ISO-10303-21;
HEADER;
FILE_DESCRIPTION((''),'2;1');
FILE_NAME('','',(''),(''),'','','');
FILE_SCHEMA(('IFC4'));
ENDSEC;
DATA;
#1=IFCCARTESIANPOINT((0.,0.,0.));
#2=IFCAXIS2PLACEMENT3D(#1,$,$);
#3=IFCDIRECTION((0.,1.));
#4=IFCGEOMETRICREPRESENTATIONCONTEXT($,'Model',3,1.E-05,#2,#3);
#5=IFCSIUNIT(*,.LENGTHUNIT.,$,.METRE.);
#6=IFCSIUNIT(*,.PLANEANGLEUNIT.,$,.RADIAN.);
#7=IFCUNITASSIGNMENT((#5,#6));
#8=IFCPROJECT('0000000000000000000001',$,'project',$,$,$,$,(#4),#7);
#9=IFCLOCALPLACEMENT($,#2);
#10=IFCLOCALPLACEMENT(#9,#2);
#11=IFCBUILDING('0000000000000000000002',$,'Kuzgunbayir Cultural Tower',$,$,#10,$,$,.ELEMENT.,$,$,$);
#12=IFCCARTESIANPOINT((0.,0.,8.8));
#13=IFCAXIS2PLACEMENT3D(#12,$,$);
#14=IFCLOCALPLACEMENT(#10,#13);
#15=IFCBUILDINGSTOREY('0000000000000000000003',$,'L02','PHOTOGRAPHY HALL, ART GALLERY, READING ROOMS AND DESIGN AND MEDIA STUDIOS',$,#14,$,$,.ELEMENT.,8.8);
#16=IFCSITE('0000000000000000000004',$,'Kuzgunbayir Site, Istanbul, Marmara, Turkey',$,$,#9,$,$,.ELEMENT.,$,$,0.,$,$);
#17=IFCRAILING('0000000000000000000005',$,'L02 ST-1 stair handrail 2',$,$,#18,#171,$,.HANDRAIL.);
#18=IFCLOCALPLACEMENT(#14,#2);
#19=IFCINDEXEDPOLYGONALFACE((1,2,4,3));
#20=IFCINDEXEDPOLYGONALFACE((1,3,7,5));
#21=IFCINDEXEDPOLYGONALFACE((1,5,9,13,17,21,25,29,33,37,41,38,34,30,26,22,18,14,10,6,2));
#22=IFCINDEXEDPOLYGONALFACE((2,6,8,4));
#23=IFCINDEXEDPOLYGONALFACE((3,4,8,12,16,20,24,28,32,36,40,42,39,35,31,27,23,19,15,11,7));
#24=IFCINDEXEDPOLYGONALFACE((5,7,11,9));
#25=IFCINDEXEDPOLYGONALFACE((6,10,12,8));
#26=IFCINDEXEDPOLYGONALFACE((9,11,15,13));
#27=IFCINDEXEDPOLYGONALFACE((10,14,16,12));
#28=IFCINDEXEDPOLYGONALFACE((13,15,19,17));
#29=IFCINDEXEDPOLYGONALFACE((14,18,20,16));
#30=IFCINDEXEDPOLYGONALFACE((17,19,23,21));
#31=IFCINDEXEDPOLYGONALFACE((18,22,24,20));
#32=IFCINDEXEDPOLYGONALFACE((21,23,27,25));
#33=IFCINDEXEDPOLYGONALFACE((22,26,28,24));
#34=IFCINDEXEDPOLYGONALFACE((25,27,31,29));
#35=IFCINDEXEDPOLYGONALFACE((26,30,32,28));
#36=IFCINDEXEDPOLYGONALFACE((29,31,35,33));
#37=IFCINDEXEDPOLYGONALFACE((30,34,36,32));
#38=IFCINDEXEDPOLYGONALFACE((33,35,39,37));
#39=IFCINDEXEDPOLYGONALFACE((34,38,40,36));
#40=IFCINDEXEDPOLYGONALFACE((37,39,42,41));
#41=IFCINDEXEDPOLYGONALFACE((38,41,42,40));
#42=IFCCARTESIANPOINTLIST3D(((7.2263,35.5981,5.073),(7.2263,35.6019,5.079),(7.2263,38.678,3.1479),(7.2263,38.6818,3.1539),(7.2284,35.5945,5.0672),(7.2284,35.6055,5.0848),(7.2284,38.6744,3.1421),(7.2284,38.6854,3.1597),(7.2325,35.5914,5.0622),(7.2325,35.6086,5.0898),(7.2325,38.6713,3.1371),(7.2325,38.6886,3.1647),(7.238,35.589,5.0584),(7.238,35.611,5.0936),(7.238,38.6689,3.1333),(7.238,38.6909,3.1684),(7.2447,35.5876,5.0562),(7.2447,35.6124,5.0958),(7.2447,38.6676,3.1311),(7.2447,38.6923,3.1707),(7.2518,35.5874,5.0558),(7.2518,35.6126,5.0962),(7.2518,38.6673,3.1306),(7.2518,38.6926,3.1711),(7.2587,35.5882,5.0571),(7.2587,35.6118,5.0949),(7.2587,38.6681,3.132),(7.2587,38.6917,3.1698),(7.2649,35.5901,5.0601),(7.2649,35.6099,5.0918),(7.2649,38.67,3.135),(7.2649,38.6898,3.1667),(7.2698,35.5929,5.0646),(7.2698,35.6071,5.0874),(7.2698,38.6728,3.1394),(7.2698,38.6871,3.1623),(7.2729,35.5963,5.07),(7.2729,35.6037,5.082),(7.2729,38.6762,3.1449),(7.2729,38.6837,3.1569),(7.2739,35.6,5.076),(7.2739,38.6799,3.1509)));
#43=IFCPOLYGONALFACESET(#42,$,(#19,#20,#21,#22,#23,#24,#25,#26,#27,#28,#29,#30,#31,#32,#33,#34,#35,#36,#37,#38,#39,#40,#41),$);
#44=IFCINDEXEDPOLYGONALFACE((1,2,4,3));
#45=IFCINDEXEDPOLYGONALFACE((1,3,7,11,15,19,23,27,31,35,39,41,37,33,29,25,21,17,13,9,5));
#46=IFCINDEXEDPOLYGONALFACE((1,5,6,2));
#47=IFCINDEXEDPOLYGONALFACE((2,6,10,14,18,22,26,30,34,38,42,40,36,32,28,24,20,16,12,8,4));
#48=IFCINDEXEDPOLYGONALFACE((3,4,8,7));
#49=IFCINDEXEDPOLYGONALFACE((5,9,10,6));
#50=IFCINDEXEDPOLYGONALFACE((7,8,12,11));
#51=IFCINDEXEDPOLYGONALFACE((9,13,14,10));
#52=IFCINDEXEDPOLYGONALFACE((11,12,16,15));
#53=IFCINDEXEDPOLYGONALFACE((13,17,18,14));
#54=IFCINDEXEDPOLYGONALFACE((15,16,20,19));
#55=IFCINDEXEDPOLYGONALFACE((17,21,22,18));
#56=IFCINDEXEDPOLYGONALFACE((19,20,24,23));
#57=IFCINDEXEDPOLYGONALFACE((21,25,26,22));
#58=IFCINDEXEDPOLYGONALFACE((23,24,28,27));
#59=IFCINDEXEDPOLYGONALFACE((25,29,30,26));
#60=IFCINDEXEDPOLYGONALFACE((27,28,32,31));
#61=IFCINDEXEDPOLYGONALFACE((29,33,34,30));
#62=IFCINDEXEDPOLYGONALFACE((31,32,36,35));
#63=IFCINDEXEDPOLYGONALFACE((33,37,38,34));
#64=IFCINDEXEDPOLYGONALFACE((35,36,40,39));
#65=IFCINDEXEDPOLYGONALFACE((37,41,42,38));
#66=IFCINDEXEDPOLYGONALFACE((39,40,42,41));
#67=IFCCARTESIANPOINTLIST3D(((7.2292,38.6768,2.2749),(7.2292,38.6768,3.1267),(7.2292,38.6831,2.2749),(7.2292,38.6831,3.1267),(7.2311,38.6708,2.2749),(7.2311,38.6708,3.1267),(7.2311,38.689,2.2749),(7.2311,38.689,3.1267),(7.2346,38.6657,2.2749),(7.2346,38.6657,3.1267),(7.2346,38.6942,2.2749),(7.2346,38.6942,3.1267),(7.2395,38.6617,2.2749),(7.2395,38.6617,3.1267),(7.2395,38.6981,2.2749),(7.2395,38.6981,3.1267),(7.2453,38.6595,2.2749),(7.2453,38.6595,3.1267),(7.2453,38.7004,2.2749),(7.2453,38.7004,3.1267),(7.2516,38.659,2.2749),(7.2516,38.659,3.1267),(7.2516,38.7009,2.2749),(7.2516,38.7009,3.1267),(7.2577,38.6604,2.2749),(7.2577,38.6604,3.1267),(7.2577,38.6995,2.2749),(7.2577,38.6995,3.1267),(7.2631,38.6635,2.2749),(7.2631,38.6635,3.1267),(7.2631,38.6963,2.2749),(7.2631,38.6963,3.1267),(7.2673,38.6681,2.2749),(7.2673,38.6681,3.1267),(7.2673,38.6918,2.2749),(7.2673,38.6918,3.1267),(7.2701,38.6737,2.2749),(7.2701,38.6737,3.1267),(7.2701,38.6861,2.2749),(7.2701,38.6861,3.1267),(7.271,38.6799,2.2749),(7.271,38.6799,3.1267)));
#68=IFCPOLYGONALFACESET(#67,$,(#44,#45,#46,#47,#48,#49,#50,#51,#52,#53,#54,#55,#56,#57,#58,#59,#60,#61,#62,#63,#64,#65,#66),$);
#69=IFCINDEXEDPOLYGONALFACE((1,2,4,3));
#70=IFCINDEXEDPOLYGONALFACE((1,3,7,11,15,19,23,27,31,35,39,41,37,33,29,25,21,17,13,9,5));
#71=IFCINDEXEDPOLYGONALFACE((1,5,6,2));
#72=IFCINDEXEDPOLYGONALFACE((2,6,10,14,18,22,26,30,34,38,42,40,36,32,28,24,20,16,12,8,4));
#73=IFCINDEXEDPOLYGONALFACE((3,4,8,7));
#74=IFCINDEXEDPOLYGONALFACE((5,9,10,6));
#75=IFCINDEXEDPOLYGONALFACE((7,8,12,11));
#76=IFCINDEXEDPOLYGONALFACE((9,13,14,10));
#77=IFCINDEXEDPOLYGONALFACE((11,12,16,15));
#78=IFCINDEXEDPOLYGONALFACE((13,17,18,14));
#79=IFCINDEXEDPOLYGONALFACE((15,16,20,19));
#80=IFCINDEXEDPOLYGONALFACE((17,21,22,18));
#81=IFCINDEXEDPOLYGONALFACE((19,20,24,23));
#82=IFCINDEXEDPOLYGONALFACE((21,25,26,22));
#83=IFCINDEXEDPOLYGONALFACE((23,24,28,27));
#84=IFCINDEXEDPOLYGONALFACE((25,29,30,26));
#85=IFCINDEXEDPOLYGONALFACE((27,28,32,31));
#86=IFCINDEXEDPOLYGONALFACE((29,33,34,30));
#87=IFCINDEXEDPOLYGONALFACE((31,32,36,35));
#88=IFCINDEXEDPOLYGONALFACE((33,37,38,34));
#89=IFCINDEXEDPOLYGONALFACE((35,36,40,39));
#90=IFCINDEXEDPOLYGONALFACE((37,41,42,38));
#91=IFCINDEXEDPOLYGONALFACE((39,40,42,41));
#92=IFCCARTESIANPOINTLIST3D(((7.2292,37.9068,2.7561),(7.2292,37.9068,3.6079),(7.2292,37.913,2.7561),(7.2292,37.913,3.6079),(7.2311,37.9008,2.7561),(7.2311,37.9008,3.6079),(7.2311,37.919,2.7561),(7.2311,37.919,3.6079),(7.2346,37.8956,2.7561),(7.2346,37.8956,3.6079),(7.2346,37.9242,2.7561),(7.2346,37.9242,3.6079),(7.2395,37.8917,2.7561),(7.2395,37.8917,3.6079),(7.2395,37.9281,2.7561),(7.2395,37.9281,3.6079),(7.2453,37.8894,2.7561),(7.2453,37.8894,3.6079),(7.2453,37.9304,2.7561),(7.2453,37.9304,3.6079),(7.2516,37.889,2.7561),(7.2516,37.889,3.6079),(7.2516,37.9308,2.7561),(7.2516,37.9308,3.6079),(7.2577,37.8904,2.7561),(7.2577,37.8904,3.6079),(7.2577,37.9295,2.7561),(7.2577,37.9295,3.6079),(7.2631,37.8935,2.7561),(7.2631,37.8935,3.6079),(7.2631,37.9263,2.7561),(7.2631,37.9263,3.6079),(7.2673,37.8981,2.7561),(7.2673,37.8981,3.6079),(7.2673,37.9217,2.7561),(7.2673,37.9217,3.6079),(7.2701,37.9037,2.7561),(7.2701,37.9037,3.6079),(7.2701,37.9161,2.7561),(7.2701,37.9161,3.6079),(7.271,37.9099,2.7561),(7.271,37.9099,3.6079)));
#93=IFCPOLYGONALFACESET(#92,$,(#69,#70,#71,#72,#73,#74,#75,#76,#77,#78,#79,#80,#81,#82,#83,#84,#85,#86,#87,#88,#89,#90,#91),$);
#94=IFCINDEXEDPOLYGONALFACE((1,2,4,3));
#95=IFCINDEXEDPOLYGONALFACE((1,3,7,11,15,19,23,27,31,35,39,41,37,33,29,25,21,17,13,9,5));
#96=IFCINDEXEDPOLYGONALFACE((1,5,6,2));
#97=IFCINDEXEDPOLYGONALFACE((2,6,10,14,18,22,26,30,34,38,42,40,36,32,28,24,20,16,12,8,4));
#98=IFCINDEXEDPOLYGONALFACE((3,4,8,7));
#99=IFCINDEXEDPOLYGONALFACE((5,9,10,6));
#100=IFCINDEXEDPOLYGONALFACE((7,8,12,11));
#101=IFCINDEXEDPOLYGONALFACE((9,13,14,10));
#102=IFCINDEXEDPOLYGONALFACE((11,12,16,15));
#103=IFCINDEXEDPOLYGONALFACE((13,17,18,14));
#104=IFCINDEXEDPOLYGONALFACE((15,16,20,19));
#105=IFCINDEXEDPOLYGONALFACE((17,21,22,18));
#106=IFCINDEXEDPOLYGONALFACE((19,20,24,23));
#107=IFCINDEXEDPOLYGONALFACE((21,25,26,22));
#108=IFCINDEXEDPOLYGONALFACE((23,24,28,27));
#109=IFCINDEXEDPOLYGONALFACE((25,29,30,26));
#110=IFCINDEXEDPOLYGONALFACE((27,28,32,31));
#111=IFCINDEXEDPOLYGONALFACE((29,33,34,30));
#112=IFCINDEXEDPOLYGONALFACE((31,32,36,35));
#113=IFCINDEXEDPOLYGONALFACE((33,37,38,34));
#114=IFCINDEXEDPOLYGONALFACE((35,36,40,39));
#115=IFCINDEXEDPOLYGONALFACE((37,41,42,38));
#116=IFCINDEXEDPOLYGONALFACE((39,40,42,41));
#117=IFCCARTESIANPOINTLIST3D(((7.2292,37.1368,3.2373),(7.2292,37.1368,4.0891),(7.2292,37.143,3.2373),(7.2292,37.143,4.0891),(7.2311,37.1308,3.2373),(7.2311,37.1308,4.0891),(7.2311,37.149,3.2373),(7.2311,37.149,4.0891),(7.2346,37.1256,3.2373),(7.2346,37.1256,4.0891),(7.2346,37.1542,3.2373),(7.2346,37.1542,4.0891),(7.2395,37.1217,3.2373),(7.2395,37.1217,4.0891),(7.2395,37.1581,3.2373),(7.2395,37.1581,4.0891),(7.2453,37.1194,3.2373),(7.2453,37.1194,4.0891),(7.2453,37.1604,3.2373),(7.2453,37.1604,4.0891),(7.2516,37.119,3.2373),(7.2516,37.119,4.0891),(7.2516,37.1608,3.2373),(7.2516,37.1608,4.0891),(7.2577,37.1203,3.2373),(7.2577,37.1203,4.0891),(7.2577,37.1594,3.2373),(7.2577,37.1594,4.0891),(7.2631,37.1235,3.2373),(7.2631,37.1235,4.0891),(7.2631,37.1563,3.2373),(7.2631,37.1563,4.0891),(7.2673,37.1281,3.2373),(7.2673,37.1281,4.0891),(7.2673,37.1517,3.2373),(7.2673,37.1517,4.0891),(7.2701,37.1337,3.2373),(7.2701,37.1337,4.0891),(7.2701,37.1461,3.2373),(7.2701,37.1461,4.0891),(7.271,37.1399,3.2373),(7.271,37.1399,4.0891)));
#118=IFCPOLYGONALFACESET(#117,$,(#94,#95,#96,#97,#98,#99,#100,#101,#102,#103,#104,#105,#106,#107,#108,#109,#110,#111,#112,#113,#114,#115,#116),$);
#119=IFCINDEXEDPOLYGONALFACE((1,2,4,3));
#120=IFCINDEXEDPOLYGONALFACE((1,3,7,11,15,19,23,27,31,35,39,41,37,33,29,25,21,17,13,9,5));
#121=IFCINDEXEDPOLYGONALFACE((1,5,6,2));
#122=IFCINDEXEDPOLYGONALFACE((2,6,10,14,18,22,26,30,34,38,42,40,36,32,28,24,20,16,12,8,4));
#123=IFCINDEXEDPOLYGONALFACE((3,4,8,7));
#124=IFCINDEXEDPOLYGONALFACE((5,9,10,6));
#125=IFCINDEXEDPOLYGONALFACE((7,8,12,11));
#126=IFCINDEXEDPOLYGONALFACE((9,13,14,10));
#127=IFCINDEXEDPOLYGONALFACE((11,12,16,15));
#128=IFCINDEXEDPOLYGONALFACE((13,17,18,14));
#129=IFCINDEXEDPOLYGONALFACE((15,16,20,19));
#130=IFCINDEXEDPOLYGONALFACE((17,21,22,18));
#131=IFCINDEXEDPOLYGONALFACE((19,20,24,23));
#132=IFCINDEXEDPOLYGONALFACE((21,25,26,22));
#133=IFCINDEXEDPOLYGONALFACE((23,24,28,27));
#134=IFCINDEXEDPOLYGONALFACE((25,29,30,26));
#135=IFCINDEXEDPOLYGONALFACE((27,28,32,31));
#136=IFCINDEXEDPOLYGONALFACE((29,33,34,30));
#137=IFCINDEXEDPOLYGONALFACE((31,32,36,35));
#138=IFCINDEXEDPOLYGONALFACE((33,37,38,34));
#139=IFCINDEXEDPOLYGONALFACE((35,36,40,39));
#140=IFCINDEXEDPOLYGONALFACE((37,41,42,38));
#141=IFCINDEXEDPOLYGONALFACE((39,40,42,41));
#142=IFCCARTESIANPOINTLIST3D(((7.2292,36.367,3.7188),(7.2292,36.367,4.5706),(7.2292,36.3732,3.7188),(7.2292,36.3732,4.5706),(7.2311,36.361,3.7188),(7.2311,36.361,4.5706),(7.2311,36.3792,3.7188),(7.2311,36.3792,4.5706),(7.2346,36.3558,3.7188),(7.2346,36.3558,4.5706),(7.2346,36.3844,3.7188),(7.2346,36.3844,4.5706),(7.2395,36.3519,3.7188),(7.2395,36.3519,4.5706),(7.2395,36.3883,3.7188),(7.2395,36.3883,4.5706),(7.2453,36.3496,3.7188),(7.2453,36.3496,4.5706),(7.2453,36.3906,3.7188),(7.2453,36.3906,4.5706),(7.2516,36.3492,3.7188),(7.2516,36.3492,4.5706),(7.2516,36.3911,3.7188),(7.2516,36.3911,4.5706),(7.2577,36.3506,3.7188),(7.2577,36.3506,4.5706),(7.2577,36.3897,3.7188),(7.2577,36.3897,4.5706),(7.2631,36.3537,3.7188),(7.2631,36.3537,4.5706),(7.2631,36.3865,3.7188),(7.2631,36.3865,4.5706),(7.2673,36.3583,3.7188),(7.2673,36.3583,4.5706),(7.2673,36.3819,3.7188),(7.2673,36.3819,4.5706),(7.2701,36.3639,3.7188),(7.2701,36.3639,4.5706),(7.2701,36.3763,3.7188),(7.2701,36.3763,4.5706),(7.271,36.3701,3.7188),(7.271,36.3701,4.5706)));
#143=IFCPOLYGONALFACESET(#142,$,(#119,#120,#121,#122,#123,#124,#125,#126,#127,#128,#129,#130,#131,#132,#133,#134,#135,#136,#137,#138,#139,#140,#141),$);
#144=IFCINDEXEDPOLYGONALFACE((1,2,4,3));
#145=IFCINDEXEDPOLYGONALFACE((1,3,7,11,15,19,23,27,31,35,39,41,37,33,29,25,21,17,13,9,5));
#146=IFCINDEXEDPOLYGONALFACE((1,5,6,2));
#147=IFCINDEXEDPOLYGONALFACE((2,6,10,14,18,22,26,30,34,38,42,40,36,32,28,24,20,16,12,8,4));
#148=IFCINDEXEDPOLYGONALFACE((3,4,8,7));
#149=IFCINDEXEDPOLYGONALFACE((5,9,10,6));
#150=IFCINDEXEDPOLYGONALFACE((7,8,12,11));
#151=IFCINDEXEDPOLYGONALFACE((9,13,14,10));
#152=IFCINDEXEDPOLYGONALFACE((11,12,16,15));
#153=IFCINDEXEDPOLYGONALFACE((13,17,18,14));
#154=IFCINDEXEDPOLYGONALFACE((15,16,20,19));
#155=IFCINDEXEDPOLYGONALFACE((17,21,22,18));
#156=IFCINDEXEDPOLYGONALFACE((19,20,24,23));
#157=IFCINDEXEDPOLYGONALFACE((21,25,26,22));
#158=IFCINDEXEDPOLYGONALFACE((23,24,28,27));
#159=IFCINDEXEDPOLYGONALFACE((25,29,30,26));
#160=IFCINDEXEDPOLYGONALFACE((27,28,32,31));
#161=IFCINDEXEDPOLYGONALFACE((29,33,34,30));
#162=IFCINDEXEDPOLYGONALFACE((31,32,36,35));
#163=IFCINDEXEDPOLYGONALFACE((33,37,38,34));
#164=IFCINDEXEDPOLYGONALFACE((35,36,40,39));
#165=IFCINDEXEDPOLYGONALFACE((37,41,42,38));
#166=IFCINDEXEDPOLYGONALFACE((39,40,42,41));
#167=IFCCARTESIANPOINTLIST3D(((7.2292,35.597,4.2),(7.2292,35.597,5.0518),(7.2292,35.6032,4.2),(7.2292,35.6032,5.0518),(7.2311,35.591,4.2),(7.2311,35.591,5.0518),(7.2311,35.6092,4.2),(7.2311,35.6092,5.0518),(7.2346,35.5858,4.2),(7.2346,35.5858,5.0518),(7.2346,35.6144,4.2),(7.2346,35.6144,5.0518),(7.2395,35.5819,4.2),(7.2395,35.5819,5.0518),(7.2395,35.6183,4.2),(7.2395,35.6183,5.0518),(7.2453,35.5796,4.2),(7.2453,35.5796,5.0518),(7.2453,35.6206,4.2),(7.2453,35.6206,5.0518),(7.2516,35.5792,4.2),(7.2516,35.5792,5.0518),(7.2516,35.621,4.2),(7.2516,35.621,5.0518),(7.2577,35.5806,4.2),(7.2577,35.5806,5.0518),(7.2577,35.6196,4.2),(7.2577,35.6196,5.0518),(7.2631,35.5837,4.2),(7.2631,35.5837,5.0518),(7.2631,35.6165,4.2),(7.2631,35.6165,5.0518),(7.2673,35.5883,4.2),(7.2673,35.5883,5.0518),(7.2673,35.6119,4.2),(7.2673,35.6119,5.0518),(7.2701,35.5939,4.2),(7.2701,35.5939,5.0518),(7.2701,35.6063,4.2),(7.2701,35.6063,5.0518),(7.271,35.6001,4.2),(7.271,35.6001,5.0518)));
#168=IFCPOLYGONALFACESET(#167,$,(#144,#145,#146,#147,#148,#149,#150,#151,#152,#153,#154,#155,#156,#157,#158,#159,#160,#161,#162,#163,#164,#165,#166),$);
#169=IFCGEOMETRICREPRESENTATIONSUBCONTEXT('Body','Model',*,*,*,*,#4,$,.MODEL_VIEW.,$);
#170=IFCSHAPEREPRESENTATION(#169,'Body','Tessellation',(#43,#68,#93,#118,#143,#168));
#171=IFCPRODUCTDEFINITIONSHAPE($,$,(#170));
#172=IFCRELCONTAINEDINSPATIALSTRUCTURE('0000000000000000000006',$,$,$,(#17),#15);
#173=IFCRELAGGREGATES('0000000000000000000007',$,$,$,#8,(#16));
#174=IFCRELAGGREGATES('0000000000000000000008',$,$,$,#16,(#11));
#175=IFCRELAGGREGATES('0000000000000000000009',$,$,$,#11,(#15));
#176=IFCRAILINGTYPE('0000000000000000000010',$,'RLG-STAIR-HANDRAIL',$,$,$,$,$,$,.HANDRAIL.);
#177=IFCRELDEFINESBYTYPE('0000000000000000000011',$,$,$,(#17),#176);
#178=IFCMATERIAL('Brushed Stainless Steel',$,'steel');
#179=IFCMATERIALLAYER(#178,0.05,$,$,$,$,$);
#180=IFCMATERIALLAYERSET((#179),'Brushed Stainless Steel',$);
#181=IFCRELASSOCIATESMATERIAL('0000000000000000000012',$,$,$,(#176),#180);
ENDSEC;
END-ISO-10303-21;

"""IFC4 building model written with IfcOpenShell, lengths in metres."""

from ifc_helpers import new_model, si_unit, direction, frame, origin, origin_2d, place, context, subcontext, project, spatial, circle, extrude, material, layer, layer_set, type_object, element, save


model = new_model("IFC4")

# Units and contexts
model_context = context("Model", 3, precision=1e-05, world=origin(), true_north=direction((0.0, 1.0)))
body_context = subcontext(model_context, "Body", "Model", "MODEL_VIEW")
ifc_project = project(units=[si_unit("LENGTHUNIT", "METRE"), si_unit("PLANEANGLEUNIT", "RADIAN")], contexts=[model_context])

# Site, building, storey
site_placement = place(None, origin())
site = spatial("IfcSite", under=ifc_project, at=site_placement, Name="Kuzgunbayir Site, Istanbul, Marmara, Turkey", CompositionType="ELEMENT", RefElevation=0.0)
building_placement = place(site_placement, origin())
building = spatial("IfcBuilding", under=site, at=building_placement, Name="Kuzgunbayir Cultural Tower", CompositionType="ELEMENT")
storey_placement = place(building_placement, frame((0.0, 0.0, 8.8)))
storey = spatial("IfcBuildingStorey", under=building, at=storey_placement, Name="L02", Description="PHOTOGRAPHY HALL, ART GALLERY, READING ROOMS AND DESIGN AND MEDIA STUDIOS", CompositionType="ELEMENT", Elevation=8.8)

# Shared definitions
ifc_material_1 = material(Name="Brushed Stainless Steel", Category="steel")

# Railing
ifc_layer_1 = layer(ifc_material_1, 0.05)
ifc_layer_set_1 = layer_set([ifc_layer_1], Name="Brushed Stainless Steel")
railing_type_1 = type_object("IfcRailingType", Name="RLG-STAIR-HANDRAIL", PredefinedType="HANDRAIL", material=ifc_layer_set_1)
railing_1_placement = place(storey_placement, frame((7.25, 38.6799, 2.2749)))
element("IfcRailing", 1, at=railing_1_placement, inside=storey, type_object=railing_type_1, Name="L02 ST-1 stair handrail 2", PredefinedType="HANDRAIL", context=body_context, shape_type="SweptSolid", body=[
    extrude(circle(Radius=0.0239, at=origin_2d()), frame((0.0, 0.0, 0.876), z_axis=(0.0, -0.847979, 0.530029), x_axis=(1.0, 0.0, 0.0)), (0.0, 0.0, 1.0), 3.6321),
    extrude(circle(Radius=0.021, at=origin_2d()), origin(), (0.0, 0.0, 1.0), 0.8518),
    extrude(circle(Radius=0.021, at=origin_2d()), frame((0.0, -0.77, 0.4812)), (0.0, 0.0, 1.0), 0.8518),
    extrude(circle(Radius=0.021, at=origin_2d()), frame((0.0, -1.54, 0.9624)), (0.0, 0.0, 1.0), 0.8518),
    extrude(circle(Radius=0.021, at=origin_2d()), frame((0.0, -2.3098, 1.4438)), (0.0, 0.0, 1.0), 0.8518),
    extrude(circle(Radius=0.021, at=origin_2d()), frame((0.0, -3.0798, 1.925)), (0.0, 0.0, 1.0), 0.8518),
])

save(model, "model.ifc")
